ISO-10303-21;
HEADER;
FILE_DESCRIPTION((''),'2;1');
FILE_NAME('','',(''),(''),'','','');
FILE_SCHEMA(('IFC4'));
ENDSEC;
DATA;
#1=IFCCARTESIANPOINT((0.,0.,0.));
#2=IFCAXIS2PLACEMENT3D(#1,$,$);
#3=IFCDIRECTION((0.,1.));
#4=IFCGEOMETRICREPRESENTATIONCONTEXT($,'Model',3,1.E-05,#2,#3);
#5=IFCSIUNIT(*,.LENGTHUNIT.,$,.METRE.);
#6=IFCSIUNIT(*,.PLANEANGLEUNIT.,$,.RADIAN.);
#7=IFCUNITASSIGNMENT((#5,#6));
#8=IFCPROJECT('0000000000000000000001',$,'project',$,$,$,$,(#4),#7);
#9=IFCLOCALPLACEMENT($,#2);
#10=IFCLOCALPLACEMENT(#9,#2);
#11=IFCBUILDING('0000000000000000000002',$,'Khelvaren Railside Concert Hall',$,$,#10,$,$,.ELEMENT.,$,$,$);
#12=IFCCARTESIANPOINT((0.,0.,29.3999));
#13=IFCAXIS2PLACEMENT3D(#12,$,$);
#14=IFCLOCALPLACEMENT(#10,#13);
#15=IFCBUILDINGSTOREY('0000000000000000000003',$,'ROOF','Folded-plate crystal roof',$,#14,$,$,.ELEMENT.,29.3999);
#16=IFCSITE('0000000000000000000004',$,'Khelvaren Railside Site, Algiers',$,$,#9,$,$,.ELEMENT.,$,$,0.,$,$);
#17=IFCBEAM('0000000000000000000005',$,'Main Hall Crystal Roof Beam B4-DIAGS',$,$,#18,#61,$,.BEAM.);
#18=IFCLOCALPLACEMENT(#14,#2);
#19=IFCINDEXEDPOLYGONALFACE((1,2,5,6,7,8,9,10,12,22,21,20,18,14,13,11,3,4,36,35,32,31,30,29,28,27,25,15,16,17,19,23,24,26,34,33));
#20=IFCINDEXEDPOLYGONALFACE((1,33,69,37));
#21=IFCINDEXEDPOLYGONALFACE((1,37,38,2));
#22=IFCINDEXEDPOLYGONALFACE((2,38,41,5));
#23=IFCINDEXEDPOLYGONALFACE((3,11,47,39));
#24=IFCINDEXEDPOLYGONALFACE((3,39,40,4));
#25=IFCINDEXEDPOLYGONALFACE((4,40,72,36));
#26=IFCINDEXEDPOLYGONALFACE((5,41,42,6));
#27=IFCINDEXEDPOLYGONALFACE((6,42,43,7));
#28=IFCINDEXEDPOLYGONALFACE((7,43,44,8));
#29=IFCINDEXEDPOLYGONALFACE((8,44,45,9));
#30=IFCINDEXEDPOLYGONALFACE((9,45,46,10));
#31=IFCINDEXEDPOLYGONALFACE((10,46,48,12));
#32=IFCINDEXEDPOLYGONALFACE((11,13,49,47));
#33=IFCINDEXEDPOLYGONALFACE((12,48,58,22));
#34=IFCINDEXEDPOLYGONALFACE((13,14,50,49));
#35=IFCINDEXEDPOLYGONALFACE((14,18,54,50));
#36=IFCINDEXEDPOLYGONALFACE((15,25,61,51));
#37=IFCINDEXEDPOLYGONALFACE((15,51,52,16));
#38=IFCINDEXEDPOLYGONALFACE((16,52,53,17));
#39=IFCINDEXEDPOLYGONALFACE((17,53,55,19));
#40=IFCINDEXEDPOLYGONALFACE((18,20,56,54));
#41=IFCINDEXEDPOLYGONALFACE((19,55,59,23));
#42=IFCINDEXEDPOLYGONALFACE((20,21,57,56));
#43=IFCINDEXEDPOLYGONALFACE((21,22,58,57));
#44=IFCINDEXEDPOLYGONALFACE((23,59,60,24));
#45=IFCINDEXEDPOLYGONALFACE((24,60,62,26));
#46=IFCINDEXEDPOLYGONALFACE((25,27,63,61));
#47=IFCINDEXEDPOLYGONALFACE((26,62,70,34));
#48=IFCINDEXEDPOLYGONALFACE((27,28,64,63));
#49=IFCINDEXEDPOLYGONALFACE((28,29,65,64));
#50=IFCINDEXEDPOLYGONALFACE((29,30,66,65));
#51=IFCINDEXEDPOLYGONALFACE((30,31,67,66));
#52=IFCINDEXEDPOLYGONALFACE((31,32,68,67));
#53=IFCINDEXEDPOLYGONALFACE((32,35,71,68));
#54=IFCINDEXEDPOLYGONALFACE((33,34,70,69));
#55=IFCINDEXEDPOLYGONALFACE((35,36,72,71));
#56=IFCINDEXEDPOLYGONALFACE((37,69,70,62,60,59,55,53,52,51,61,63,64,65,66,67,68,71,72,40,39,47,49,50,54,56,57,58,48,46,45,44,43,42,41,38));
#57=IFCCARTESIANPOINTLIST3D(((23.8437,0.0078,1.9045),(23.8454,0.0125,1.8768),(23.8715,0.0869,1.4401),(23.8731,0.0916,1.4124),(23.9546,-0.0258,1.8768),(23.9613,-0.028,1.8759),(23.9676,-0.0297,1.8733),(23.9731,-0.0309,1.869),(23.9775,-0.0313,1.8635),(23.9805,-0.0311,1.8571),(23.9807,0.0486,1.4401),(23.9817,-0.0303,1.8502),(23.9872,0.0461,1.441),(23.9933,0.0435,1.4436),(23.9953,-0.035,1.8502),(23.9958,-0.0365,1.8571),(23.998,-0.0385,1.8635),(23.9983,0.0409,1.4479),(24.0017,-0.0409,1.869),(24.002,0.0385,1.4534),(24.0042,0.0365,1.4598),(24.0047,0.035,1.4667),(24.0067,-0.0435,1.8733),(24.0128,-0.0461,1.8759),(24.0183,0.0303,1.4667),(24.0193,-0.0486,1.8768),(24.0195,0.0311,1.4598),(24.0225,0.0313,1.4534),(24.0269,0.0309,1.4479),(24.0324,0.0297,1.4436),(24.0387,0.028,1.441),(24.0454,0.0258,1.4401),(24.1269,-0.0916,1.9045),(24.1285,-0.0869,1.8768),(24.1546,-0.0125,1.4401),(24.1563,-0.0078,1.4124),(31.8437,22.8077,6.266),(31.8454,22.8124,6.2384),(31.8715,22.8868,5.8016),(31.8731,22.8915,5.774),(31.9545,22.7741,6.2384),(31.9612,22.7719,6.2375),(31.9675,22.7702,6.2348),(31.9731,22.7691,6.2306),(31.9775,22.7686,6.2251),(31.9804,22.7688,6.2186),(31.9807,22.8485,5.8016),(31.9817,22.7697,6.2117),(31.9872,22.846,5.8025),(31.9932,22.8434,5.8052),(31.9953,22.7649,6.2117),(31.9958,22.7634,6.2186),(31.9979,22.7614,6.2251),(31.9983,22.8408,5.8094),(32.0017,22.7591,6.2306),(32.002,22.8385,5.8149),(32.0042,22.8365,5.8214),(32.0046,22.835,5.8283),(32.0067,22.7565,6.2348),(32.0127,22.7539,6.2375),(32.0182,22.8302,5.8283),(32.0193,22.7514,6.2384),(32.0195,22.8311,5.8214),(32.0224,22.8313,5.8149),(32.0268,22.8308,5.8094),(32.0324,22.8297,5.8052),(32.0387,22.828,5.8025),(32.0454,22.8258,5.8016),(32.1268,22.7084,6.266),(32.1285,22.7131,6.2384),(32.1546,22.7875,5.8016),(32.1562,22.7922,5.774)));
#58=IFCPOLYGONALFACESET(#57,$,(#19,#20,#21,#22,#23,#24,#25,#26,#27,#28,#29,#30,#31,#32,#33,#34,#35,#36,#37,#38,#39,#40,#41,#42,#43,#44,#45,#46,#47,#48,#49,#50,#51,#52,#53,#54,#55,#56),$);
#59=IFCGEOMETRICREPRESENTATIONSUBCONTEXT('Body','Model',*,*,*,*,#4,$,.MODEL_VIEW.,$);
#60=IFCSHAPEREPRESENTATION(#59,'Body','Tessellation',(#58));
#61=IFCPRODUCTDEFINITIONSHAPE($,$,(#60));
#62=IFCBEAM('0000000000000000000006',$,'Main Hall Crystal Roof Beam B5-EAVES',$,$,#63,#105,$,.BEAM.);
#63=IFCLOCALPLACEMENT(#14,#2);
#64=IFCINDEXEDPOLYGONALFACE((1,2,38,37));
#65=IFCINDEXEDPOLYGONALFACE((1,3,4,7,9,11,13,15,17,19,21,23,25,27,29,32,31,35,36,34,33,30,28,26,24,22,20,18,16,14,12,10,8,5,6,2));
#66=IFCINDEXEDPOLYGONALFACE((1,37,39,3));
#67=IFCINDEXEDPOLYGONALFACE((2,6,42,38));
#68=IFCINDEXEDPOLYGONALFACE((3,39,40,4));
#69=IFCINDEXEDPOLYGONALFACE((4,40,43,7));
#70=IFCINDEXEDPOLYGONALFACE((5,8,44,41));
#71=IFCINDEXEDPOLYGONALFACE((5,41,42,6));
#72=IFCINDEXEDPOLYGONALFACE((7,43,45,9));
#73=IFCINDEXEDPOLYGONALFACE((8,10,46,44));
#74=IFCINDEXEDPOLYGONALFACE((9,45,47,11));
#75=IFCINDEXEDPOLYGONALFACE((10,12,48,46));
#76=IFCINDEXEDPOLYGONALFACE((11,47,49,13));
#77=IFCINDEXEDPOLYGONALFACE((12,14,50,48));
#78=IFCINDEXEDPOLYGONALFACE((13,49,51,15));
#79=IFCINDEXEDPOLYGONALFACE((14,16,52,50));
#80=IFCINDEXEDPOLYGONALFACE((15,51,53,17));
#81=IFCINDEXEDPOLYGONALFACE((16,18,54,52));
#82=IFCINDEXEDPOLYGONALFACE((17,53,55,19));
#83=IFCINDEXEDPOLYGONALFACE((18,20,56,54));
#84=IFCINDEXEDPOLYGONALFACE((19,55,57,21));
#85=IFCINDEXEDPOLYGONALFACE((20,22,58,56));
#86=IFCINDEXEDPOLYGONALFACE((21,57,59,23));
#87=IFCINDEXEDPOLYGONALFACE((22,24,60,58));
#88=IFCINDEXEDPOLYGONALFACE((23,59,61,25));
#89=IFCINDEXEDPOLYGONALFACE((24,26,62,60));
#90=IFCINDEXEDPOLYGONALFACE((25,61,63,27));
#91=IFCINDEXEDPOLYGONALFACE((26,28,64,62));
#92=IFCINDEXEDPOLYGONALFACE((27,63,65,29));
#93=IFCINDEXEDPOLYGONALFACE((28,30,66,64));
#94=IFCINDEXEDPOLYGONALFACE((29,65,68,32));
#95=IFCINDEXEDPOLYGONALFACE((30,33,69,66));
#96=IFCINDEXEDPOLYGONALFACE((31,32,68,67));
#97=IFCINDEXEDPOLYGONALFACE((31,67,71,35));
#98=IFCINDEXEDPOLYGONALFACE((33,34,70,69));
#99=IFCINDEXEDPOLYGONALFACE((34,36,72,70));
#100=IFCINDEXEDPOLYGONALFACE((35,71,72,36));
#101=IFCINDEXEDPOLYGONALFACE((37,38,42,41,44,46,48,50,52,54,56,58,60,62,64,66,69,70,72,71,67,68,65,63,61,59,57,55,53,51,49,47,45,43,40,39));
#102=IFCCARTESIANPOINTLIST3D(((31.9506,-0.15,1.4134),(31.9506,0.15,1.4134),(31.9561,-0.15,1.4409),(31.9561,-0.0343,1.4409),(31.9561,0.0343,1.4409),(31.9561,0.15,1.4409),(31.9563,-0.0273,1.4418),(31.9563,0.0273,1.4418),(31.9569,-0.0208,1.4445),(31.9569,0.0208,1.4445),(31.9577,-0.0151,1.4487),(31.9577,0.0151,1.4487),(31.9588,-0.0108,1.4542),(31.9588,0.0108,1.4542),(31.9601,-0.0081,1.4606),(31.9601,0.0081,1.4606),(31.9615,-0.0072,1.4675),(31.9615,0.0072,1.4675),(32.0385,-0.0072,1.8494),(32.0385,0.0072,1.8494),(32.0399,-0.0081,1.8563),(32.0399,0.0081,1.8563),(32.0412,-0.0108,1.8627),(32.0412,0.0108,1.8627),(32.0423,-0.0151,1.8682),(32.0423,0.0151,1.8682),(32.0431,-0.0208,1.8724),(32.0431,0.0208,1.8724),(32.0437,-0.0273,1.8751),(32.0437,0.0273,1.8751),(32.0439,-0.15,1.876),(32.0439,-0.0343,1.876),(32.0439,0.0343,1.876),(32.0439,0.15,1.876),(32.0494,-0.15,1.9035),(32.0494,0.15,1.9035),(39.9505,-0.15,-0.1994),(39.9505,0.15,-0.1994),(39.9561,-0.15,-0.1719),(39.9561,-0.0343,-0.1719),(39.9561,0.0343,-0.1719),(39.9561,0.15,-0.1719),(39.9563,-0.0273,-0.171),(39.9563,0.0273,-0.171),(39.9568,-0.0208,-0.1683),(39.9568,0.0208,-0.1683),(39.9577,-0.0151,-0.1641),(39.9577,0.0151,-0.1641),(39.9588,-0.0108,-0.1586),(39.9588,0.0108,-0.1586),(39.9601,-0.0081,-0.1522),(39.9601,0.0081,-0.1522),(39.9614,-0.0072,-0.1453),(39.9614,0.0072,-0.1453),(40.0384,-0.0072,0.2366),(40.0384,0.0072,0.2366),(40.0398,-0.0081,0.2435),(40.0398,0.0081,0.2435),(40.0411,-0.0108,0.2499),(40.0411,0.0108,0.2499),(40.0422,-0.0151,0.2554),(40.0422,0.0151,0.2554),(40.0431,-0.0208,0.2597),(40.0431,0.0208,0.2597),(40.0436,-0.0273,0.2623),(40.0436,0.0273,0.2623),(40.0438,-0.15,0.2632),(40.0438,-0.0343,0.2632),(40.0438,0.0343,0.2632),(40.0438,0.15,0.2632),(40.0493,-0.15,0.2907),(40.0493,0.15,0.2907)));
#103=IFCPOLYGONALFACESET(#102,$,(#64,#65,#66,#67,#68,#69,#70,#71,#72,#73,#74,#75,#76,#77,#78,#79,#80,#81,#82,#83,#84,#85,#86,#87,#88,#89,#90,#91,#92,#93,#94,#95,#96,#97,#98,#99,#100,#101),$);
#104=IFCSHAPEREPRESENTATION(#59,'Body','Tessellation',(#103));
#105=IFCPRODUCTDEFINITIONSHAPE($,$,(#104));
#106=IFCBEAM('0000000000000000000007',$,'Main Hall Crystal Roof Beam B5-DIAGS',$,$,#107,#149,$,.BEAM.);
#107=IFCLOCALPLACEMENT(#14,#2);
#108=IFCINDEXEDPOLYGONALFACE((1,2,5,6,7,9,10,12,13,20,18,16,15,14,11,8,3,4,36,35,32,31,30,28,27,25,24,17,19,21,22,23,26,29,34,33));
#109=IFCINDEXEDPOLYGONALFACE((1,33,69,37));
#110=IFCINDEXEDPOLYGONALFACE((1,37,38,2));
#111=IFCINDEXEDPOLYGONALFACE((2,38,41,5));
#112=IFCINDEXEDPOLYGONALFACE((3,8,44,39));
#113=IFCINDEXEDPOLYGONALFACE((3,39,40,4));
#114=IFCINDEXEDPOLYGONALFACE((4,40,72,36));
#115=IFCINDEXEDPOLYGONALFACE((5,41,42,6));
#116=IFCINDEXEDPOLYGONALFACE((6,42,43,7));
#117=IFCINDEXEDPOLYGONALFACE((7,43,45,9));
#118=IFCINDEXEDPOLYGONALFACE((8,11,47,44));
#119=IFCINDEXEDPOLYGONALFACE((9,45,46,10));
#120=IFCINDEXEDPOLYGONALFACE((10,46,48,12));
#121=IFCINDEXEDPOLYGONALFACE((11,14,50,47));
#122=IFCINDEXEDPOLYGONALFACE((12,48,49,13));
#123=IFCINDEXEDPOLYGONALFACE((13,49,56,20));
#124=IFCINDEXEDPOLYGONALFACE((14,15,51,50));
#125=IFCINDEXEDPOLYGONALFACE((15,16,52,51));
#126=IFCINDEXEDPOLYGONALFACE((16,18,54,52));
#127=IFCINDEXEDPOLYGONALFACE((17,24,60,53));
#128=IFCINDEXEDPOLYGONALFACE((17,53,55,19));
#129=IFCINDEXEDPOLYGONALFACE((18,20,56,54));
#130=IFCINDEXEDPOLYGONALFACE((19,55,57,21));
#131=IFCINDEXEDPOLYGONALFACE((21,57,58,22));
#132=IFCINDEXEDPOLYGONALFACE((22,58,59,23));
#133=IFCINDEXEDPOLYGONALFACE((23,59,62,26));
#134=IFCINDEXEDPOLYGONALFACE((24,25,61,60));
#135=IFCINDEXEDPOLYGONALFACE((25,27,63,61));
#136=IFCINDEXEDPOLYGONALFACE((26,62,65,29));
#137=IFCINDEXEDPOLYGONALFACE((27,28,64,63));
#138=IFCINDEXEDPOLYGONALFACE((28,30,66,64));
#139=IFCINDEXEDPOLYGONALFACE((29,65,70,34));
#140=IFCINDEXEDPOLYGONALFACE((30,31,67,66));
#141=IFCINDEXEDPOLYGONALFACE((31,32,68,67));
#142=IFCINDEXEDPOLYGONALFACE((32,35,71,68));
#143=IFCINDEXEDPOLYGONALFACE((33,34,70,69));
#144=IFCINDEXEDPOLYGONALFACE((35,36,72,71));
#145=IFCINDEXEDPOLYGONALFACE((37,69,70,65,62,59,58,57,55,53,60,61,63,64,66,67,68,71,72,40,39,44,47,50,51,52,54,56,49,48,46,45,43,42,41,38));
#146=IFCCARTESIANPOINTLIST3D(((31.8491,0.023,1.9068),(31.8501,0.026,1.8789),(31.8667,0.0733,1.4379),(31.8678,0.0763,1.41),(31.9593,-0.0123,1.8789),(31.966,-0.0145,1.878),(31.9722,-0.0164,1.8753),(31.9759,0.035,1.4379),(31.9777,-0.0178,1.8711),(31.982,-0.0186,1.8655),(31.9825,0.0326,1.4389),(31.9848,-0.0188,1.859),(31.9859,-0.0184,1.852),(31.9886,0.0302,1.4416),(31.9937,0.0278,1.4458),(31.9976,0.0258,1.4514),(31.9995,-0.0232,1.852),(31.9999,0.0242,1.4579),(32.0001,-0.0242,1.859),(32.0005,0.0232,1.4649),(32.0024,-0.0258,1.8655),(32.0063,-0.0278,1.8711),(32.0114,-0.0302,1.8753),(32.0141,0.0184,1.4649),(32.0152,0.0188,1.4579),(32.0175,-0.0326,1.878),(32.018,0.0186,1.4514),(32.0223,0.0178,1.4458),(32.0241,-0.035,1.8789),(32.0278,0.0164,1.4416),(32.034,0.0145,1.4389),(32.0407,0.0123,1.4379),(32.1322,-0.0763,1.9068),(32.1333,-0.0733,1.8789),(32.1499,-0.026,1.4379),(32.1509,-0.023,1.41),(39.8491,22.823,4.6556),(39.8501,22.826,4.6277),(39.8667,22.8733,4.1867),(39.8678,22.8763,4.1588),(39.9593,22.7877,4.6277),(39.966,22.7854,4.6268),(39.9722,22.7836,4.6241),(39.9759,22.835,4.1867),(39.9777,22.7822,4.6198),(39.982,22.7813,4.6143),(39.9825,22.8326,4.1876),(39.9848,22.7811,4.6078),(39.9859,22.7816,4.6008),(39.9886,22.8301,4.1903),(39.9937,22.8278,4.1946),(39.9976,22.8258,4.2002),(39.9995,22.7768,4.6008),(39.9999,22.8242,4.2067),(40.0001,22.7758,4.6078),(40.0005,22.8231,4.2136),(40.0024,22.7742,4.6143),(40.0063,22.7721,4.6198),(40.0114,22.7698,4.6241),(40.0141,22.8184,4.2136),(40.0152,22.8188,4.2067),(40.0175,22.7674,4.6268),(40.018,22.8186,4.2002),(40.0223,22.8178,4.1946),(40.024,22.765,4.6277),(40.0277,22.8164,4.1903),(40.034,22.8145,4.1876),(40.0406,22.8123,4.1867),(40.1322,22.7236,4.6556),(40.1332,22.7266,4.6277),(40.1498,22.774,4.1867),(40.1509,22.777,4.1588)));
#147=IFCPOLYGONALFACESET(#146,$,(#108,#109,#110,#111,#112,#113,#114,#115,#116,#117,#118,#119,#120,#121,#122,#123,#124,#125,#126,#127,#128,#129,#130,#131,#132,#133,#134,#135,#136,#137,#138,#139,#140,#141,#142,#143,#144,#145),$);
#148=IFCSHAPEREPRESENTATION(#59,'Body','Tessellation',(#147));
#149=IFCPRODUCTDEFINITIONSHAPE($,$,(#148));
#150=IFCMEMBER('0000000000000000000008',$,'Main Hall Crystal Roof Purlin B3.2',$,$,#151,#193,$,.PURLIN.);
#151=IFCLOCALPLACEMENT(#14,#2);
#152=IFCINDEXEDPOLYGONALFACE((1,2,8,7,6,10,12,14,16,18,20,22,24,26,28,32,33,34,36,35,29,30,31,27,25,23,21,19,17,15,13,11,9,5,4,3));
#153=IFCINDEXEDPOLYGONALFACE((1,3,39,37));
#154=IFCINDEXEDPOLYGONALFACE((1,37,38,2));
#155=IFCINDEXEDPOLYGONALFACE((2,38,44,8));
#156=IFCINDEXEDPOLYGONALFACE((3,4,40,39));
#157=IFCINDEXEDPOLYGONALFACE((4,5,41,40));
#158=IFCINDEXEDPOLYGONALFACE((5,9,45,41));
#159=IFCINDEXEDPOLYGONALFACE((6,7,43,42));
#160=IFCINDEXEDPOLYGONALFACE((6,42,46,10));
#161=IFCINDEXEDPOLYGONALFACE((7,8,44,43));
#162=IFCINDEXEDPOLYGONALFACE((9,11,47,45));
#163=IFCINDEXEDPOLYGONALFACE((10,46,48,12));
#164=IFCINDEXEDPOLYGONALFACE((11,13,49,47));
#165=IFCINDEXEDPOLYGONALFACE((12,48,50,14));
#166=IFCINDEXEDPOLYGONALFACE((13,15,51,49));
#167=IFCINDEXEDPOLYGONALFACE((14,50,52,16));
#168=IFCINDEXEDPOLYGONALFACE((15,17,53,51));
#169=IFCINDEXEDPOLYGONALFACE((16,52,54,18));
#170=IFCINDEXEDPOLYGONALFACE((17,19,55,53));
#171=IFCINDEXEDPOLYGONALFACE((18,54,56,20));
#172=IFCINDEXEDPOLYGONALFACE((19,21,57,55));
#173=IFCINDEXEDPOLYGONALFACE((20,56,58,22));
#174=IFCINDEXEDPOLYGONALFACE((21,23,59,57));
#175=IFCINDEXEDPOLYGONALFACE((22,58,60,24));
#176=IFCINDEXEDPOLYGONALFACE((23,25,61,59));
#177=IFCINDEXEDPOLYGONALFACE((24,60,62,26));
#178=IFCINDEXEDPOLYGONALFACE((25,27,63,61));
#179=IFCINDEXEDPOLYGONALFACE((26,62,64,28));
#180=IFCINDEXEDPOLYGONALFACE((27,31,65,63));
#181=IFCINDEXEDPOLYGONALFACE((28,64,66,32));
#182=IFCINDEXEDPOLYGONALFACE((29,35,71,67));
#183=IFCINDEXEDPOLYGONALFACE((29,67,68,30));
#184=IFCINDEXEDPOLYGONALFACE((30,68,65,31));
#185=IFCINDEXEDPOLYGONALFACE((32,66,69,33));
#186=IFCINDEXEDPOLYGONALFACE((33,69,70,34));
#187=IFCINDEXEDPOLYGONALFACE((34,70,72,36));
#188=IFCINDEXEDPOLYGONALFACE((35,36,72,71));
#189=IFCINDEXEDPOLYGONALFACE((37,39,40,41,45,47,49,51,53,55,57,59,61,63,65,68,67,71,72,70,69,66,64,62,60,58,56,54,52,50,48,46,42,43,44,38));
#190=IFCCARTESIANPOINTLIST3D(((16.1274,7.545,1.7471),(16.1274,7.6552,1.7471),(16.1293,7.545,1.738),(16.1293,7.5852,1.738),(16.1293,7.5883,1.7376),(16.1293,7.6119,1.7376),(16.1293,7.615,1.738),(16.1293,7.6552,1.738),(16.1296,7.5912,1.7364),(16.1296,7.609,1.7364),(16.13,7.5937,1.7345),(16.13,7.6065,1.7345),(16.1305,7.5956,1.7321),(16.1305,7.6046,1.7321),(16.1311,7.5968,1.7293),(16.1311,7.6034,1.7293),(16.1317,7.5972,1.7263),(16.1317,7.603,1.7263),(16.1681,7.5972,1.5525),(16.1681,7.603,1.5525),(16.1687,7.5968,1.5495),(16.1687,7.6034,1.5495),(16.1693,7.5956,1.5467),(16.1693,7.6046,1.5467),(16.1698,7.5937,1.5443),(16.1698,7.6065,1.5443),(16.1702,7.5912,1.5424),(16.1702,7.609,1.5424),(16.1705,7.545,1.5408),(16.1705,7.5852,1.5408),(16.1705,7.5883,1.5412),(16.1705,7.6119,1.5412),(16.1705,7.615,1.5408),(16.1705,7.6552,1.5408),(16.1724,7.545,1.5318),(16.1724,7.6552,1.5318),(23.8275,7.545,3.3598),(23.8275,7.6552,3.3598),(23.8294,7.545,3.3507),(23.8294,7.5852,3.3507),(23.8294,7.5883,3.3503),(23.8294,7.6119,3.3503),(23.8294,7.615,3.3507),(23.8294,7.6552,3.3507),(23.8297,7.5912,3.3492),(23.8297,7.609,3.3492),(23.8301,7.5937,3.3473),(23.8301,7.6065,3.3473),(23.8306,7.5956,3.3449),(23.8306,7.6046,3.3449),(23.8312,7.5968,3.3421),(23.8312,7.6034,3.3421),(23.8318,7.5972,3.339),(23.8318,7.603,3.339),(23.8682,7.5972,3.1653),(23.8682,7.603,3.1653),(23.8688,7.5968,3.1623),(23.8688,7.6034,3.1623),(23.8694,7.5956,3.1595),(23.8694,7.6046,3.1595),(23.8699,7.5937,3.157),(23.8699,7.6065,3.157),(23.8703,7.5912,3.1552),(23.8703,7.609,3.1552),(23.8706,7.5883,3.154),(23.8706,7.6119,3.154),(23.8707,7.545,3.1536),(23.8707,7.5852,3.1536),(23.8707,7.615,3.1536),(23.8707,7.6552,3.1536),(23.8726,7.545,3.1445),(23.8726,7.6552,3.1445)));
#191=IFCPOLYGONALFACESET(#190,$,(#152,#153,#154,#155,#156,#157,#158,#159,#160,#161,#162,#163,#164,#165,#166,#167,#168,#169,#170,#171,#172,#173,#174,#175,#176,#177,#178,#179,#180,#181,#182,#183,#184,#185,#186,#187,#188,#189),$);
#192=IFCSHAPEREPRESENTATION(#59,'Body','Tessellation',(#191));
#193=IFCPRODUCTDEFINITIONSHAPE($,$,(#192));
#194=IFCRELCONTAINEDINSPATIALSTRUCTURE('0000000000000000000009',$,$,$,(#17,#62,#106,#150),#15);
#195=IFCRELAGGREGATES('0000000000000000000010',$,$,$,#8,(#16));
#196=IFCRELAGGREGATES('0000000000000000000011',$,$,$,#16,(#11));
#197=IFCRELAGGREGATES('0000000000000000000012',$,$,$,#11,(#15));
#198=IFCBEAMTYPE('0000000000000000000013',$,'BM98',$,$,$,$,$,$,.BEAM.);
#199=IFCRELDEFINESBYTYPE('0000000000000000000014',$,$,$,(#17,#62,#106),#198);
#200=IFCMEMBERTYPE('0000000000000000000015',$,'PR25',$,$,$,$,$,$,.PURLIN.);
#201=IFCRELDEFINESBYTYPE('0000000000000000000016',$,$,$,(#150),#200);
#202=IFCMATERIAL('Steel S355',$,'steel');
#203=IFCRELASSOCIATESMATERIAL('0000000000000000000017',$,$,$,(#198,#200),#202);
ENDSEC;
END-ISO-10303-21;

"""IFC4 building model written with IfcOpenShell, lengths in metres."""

from ifc_helpers import new_model, si_unit, direction, frame, origin, origin_2d, place, context, subcontext, project, spatial, i_section, extrude, material, material_profile, profile_set, type_object, element, save


model = new_model("IFC4")

# Units and contexts
model_context = context("Model", 3, precision=1e-05, world=origin(), true_north=direction((0.0, 1.0)))
body_context = subcontext(model_context, "Body", "Model", "MODEL_VIEW")
ifc_project = project(units=[si_unit("LENGTHUNIT", "METRE"), si_unit("PLANEANGLEUNIT", "RADIAN")], contexts=[model_context])

# Site, building, storey
site_placement = place(None, origin())
site = spatial("IfcSite", under=ifc_project, at=site_placement, Name="Khelvaren Railside Site, Algiers", CompositionType="ELEMENT", RefElevation=0.0)
building_placement = place(site_placement, origin())
building = spatial("IfcBuilding", under=site, at=building_placement, Name="Khelvaren Railside Concert Hall", CompositionType="ELEMENT")
storey_placement = place(building_placement, frame((0.0, 0.0, 29.3999)))
storey = spatial("IfcBuildingStorey", under=building, at=storey_placement, Name="ROOF", Description="Folded-plate crystal roof", CompositionType="ELEMENT", Elevation=29.3999)

# Beams
ifc_material_1 = material(Name="Steel S355", Category="steel")
ifc_material_profile_1 = material_profile(ifc_material_1, i_section(OverallWidth=0.3, OverallDepth=0.5, WebThickness=0.0144, FlangeThickness=0.0281, FilletRadius=0.0271, at=origin_2d()), Name="HEB 500")
ifc_profile_set_1 = profile_set([ifc_material_profile_1], Name="Steel S355")
beam_type = type_object("IfcBeamType", Name="BM98", PredefinedType="BEAM", material=ifc_profile_set_1)
beam_1_placement = place(storey_placement, frame((24.0, 0.0, 1.6584), z_axis=(0.325822, 0.928593, 0.177637), x_axis=(-0.9436, 0.331087, 0.0)))
element("IfcBeam", 1, at=beam_1_placement, inside=storey, type_object=beam_type, Name="Main Hall Crystal Roof Beam B4-DIAGS", PredefinedType="BEAM", context=body_context, shape_type="SweptSolid", body=[
    extrude(i_section(OverallWidth=0.3, OverallDepth=0.5, WebThickness=0.0144, FlangeThickness=0.0281, FilletRadius=0.0271, at=origin_2d()), origin(), (0.0, 0.0, 1.0), 24.5532),
])
beam_2_placement = place(storey_placement, frame((32.0, 0.0, 1.6584), z_axis=(0.980278, 0.0, -0.197623), x_axis=(0.0, 1.0, 0.0)))
element("IfcBeam", 2, at=beam_2_placement, inside=storey, type_object=beam_type, Name="Main Hall Crystal Roof Beam B5-EAVES", PredefinedType="BEAM", context=body_context, shape_type="SweptSolid", body=[
    extrude(i_section(OverallWidth=0.3, OverallDepth=0.5, WebThickness=0.0144, FlangeThickness=0.0281, FilletRadius=0.0271, at=origin_2d()), origin(), (0.0, 0.0, 1.0), 8.1609),
])
beam_3_placement = place(storey_placement, frame((32.0, 0.0, 1.6584), z_axis=(0.328965, 0.937553, 0.113032), x_axis=(-0.9436, 0.331087, 0.0)))
element("IfcBeam", 3, at=beam_3_placement, inside=storey, type_object=beam_type, Name="Main Hall Crystal Roof Beam B5-DIAGS", PredefinedType="BEAM", context=body_context, shape_type="SweptSolid", body=[
    extrude(i_section(OverallWidth=0.3, OverallDepth=0.5, WebThickness=0.0144, FlangeThickness=0.0281, FilletRadius=0.0271, at=origin_2d()), origin(), (0.0, 0.0, 1.0), 24.3186),
])

# Member
ifc_material_profile_2 = material_profile(ifc_material_1, i_section(OverallWidth=0.1101, OverallDepth=0.22, WebThickness=0.0059, FlangeThickness=0.0093, FilletRadius=0.012, at=origin_2d()), Name="IPE 220")
ifc_profile_set_2 = profile_set([ifc_material_profile_2], Name="Steel S355")
member_type_1 = type_object("IfcMemberType", Name="PR25", PredefinedType="PURLIN", material=ifc_profile_set_2)
for number, where, z_axis, x_axis, name in (
    (4, (16.1499, 7.6001, 1.6394), (0.978762, 0.0, 0.205), (0.0, 1.0, 0.0), "Main Hall Crystal Roof Purlin B3.2"),
):
    element("IfcMember", number, at=place(storey_placement, frame(where, z_axis=z_axis, x_axis=x_axis)), inside=storey, type_object=member_type_1, Name=name, PredefinedType="PURLIN", context=body_context, shape_type="SweptSolid", body=[
        extrude(i_section(OverallWidth=0.1101, OverallDepth=0.22, WebThickness=0.0059, FlangeThickness=0.0093, FilletRadius=0.012, at=origin_2d()), origin(), (0.0, 0.0, 1.0), 7.8672),
    ])

save(model, "model.ifc")
